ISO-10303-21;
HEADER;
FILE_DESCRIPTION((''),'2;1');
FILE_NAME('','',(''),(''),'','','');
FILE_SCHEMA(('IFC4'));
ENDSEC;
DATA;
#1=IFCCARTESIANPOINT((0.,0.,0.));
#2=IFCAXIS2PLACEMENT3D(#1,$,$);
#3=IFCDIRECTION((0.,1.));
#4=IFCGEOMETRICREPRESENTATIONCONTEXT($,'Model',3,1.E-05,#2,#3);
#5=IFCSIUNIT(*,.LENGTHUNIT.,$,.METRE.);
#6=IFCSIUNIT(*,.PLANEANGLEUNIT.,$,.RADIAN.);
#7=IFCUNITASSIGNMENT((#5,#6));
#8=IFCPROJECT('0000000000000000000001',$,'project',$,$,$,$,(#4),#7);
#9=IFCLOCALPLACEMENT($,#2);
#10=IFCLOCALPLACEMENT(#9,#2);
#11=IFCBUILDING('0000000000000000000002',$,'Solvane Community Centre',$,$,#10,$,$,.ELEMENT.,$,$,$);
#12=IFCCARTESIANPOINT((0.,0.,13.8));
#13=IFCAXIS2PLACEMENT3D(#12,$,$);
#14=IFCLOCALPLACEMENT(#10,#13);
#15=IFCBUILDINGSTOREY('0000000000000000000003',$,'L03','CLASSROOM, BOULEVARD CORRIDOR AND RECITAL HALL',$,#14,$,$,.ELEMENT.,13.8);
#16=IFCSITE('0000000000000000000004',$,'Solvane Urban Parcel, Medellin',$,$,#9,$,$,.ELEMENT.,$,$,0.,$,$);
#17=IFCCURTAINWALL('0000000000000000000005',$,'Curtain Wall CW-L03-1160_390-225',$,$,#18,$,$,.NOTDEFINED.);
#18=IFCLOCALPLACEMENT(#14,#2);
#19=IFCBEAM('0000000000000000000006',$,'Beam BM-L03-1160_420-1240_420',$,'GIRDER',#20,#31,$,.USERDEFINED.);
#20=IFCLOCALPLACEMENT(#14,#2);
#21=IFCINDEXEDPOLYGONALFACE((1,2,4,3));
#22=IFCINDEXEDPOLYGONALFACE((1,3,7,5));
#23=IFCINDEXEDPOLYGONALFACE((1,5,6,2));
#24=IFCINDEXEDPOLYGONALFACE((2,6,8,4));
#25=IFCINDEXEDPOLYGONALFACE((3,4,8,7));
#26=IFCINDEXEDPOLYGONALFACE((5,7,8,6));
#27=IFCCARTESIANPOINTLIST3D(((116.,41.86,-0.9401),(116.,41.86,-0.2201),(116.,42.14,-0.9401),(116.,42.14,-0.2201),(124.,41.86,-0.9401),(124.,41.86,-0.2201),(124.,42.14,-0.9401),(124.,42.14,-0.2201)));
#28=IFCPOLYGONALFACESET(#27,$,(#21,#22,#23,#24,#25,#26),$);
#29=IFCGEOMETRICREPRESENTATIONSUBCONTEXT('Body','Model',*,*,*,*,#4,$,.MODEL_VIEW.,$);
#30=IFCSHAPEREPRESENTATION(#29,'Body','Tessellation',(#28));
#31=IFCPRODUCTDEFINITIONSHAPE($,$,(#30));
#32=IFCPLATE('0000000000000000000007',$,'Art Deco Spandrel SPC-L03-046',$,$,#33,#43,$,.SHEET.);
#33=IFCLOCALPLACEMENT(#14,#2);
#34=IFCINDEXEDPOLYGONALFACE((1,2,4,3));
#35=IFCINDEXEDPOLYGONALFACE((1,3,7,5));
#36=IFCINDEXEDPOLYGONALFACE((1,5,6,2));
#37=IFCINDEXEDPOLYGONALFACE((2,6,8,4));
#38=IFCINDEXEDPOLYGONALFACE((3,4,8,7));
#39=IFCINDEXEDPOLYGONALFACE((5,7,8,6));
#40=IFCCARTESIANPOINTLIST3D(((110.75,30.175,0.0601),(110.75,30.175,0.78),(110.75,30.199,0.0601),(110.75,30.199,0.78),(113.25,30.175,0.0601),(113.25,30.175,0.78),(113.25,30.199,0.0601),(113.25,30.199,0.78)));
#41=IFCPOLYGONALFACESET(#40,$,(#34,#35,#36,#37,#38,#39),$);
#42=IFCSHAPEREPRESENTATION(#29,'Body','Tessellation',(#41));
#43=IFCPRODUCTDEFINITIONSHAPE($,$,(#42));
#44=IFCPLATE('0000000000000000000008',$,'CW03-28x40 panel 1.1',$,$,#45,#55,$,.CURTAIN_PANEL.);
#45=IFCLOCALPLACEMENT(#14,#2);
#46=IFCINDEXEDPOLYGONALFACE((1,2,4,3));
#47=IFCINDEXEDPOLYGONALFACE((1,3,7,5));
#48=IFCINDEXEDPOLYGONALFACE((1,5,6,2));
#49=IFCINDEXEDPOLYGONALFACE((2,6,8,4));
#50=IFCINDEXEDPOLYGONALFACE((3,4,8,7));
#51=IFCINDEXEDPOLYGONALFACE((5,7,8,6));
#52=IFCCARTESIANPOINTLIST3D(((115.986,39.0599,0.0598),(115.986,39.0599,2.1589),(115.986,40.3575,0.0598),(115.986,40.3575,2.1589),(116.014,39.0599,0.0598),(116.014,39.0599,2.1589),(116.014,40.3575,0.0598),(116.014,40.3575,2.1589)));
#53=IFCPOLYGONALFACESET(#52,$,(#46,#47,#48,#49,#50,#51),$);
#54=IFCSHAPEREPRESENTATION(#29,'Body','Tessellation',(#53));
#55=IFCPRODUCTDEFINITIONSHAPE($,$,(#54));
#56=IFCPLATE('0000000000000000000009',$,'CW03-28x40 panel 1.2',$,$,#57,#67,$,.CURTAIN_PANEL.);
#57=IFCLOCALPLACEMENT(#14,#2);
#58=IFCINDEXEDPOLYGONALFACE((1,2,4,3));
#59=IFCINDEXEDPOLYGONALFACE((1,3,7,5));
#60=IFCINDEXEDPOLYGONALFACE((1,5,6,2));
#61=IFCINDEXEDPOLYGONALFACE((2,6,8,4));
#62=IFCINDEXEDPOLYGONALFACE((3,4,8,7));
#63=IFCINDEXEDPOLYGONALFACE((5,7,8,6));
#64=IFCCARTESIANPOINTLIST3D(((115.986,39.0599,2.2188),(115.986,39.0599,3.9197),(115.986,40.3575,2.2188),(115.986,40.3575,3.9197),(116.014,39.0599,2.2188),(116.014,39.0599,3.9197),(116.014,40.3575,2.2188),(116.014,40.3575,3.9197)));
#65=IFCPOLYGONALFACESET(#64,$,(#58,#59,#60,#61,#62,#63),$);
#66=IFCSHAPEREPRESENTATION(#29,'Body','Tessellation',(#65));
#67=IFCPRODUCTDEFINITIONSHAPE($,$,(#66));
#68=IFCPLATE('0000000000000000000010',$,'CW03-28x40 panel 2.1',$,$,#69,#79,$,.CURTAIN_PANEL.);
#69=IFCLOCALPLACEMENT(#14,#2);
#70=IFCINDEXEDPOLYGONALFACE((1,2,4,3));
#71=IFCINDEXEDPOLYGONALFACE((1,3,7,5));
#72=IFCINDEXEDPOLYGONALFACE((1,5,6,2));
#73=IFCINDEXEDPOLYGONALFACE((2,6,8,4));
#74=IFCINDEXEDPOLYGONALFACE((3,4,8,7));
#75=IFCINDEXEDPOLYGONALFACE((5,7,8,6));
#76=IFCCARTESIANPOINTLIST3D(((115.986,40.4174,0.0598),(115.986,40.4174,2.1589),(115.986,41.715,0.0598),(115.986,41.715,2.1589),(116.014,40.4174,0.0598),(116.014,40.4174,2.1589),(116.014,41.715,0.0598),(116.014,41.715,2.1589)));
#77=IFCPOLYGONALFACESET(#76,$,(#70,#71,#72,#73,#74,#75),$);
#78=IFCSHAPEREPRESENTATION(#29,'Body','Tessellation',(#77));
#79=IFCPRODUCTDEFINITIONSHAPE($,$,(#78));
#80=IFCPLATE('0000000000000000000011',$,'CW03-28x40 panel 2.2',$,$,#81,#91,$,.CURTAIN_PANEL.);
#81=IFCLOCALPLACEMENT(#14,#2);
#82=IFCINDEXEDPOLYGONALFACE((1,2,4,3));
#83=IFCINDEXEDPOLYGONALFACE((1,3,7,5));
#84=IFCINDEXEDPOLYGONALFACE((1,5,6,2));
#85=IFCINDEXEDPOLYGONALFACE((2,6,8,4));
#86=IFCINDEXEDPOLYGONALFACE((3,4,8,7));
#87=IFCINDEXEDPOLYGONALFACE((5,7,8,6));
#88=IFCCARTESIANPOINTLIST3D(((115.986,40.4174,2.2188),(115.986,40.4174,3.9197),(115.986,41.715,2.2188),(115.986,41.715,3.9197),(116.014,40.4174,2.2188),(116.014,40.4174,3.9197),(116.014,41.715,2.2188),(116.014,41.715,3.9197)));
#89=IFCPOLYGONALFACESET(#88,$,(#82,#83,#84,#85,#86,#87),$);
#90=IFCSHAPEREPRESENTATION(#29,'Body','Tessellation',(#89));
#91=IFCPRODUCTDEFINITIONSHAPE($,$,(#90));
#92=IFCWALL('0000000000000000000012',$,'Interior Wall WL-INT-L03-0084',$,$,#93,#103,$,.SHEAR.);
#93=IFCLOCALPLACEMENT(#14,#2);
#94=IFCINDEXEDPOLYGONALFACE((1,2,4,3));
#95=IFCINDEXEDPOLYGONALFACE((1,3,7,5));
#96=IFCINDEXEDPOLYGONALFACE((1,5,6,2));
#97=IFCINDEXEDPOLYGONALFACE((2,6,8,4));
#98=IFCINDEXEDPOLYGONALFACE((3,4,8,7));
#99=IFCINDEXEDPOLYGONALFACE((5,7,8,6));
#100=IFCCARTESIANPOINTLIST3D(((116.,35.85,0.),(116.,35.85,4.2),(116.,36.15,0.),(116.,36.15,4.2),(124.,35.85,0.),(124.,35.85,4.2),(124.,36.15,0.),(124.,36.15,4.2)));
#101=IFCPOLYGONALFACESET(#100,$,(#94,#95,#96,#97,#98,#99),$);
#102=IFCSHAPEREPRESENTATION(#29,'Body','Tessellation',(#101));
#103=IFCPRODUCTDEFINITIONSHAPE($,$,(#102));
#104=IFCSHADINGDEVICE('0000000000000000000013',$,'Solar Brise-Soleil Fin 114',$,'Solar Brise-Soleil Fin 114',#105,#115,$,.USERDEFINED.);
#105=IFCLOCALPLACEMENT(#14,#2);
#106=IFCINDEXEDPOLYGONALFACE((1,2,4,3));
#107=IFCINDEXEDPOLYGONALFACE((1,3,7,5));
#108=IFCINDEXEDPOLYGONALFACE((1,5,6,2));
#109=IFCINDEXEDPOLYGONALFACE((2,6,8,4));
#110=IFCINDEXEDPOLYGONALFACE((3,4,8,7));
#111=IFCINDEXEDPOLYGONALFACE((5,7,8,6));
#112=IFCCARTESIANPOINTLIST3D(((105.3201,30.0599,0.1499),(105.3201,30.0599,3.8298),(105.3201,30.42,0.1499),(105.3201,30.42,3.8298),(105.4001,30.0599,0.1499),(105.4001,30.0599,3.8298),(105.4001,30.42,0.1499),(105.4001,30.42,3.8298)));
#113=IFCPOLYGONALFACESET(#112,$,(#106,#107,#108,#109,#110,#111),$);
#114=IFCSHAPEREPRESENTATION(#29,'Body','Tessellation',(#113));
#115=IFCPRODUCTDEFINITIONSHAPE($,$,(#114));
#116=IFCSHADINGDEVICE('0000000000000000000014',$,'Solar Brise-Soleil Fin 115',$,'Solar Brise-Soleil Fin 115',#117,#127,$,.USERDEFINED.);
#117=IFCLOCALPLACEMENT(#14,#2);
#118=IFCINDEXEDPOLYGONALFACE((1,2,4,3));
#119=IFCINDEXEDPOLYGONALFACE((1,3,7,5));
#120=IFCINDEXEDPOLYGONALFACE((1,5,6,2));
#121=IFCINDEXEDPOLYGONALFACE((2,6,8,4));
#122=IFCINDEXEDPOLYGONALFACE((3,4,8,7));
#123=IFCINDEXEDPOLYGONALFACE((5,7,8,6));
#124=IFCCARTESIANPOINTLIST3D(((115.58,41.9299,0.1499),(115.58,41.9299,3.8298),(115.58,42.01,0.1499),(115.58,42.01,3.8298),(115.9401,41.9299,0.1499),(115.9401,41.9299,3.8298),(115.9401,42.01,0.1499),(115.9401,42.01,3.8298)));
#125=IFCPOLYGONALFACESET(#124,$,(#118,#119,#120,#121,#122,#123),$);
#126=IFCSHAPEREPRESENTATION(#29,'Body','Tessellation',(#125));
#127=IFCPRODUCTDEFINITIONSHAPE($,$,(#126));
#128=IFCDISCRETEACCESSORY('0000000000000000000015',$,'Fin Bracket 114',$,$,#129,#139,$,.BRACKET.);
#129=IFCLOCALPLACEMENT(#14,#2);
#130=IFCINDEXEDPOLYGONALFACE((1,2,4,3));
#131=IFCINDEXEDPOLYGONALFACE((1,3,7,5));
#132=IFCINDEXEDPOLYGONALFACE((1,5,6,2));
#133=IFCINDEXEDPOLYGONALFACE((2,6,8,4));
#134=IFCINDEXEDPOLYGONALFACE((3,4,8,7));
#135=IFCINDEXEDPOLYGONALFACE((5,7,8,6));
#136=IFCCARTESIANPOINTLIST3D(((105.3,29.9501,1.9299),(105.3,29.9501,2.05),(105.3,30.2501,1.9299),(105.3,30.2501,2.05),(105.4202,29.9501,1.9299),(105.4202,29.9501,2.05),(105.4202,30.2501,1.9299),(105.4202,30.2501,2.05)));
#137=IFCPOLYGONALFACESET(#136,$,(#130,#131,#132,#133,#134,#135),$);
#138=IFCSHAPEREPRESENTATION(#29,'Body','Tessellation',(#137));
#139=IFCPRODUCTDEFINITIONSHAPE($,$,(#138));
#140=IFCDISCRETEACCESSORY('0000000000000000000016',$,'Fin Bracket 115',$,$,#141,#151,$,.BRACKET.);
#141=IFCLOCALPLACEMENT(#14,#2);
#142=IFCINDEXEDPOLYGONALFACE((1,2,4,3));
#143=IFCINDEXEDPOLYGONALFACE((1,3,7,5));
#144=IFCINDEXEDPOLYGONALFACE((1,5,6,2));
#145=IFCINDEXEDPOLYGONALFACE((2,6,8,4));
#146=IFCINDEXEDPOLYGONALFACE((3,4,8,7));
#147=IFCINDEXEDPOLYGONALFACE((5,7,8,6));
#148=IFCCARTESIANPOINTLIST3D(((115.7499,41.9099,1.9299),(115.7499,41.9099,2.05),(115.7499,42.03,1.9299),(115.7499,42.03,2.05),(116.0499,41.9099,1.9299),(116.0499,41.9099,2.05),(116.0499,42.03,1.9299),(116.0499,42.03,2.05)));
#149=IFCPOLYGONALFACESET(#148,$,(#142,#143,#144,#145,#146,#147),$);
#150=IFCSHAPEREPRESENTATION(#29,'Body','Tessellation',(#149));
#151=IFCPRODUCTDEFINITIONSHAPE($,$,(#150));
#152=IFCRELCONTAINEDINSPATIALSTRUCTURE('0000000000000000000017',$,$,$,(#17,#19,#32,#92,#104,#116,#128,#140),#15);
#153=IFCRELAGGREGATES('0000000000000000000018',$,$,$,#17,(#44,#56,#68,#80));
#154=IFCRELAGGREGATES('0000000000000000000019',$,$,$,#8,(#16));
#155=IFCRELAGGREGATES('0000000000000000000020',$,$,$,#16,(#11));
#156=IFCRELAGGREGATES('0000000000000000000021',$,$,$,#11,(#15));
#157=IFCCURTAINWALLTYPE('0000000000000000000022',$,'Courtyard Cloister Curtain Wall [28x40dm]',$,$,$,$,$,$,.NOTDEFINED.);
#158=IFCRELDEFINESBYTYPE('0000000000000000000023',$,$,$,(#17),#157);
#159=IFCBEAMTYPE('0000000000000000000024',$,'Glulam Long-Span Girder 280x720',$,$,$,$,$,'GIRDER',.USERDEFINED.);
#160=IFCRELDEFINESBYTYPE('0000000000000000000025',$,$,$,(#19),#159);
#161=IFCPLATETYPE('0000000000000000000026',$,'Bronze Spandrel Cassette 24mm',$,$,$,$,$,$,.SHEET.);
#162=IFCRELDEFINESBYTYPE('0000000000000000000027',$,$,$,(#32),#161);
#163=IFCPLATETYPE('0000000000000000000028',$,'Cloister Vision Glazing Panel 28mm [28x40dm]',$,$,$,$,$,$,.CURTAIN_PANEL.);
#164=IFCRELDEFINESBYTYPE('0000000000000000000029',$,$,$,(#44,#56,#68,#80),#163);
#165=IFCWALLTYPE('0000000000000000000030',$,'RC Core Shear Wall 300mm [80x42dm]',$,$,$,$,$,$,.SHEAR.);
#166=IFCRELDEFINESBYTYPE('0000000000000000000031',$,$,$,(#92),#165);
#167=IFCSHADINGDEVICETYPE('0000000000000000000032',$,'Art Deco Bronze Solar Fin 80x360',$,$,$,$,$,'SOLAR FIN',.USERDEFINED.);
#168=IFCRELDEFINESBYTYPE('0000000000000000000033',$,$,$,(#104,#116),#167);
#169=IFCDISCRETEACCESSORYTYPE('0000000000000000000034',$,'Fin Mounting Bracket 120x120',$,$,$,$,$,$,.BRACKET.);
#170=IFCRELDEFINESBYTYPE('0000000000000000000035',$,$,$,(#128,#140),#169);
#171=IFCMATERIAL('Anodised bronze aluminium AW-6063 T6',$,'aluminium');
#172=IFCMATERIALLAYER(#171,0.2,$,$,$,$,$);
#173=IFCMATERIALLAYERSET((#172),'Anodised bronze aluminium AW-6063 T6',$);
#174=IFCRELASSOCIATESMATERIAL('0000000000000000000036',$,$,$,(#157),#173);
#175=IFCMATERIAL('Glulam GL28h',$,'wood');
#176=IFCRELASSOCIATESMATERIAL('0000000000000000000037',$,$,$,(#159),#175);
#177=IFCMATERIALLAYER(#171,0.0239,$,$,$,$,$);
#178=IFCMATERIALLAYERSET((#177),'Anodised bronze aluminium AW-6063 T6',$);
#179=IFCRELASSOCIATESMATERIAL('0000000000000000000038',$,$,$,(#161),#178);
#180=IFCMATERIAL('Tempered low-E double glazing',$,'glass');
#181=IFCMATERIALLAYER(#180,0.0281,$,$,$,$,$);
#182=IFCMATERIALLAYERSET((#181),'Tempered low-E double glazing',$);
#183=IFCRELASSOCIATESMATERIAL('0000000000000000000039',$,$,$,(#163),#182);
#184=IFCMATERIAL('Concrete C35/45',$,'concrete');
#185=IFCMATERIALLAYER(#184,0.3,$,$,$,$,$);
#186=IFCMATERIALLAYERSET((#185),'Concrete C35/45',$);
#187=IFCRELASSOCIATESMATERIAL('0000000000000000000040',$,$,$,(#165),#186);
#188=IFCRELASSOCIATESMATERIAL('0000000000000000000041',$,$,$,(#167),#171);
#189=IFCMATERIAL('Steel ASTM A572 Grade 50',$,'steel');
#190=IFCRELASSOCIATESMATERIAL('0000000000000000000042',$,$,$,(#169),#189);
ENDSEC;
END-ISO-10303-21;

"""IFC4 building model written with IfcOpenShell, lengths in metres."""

from ifc_helpers import new_model, si_unit, direction, frame, frame_2d, origin, origin_2d, place, context, subcontext, project, spatial, rectangle, extrude, material, layer, layer_set, material_profile, profile_set, type_object, element, aggregate, save


model = new_model("IFC4")

# Units and contexts
model_context = context("Model", 3, precision=1e-05, world=origin(), true_north=direction((0.0, 1.0)))
body_context = subcontext(model_context, "Body", "Model", "MODEL_VIEW")
ifc_project = project(units=[si_unit("LENGTHUNIT", "METRE"), si_unit("PLANEANGLEUNIT", "RADIAN")], contexts=[model_context])

# Site, building, storey
site_placement = place(None, origin())
site = spatial("IfcSite", under=ifc_project, at=site_placement, Name="Solvane Urban Parcel, Medellin", CompositionType="ELEMENT", RefElevation=0.0)
building_placement = place(site_placement, origin())
building = spatial("IfcBuilding", under=site, at=building_placement, Name="Solvane Community Centre", CompositionType="ELEMENT")
storey_placement = place(building_placement, frame((0.0, 0.0, 13.8)))
storey = spatial("IfcBuildingStorey", under=building, at=storey_placement, Name="L03", Description="CLASSROOM, BOULEVARD CORRIDOR AND RECITAL HALL", CompositionType="ELEMENT", Elevation=13.8)

# Curtain wall
ifc_material_1 = material(Name="Anodised bronze aluminium AW-6063 T6", Category="aluminium")
ifc_layer_1 = layer(ifc_material_1, 0.2)
ifc_layer_set_1 = layer_set([ifc_layer_1], Name="Anodised bronze aluminium AW-6063 T6")
curtain_wall_type = type_object("IfcCurtainWallType", Name="Courtyard Cloister Curtain Wall [28x40dm]", PredefinedType="NOTDEFINED", material=ifc_layer_set_1)
curtain_wall_placement = place(storey_placement, origin())
curtain_wall = element("IfcCurtainWall", 1, at=curtain_wall_placement, inside=storey, type_object=curtain_wall_type, Name="Curtain Wall CW-L03-1160_390-225", PredefinedType="NOTDEFINED")

# Beam
ifc_material_2 = material(Name="Glulam GL28h", Category="wood")
ifc_material_profile_1 = material_profile(ifc_material_2, rectangle(XDim=0.28, YDim=0.72, at=origin_2d()), Name="GL28h 280x720")
ifc_profile_set_1 = profile_set([ifc_material_profile_1], Name="Glulam GL28h")
beam_type_1 = type_object("IfcBeamType", Name="Glulam Long-Span Girder 280x720", ElementType="GIRDER", PredefinedType="USERDEFINED", material=ifc_profile_set_1)
for number, where, z_axis, x_axis, name in (
    (2, (116.0, 42.0, -0.5801), (1.0, 0.0, 0.0), (0.0, 1.0, 0.0), "Beam BM-L03-1160_420-1240_420"),
):
    element("IfcBeam", number, at=place(storey_placement, frame(where, z_axis=z_axis, x_axis=x_axis)), inside=storey, type_object=beam_type_1, Name=name, ObjectType="GIRDER", PredefinedType="USERDEFINED", context=body_context, shape_type="SweptSolid", body=[
        extrude(rectangle(XDim=0.28, YDim=0.72, at=origin_2d()), origin(), (0.0, 0.0, 1.0), 8.0),
    ])

# Plates
ifc_layer_2 = layer(ifc_material_1, 0.0239)
ifc_layer_set_2 = layer_set([ifc_layer_2], Name="Anodised bronze aluminium AW-6063 T6")
plate_type_1 = type_object("IfcPlateType", Name="Bronze Spandrel Cassette 24mm", PredefinedType="SHEET", material=ifc_layer_set_2)
plate_1_placement = place(storey_placement, frame((112.0, 30.187, 0.0601), z_axis=(0.0, 0.0, 1.0), x_axis=(1.0, 0.0, 0.0)))
element("IfcPlate", 3, at=plate_1_placement, inside=storey, type_object=plate_type_1, Name="Art Deco Spandrel SPC-L03-046", PredefinedType="SHEET", context=body_context, shape_type="SweptSolid", body=[
    extrude(rectangle(XDim=2.5, YDim=0.0239, at=origin_2d()), origin(), (0.0, 0.0, 1.0), 0.72),
])
ifc_material_3 = material(Name="Tempered low-E double glazing", Category="glass")
ifc_layer_3 = layer(ifc_material_3, 0.0281)
ifc_layer_set_3 = layer_set([ifc_layer_3], Name="Tempered low-E double glazing")
plate_type_2 = type_object("IfcPlateType", Name="Cloister Vision Glazing Panel 28mm [28x40dm]", PredefinedType="CURTAIN_PANEL", material=ifc_layer_set_3)
plate_2_placement = place(storey_placement, frame((116.0, 39.7087, 0.0598), z_axis=(0.0, 0.0, 1.0), x_axis=(0.0, 1.0, 0.0)))
plate_2 = element("IfcPlate", 4, at=plate_2_placement, type_object=plate_type_2, Name="CW03-28x40 panel 1.1", PredefinedType="CURTAIN_PANEL", context=body_context, shape_type="SweptSolid", body=[
    extrude(rectangle(XDim=1.2976, YDim=0.0281, at=origin_2d()), origin(), (0.0, 0.0, 1.0), 2.0991),
])
plate_3_placement = place(storey_placement, frame((116.0, 39.7087, 2.2188), z_axis=(0.0, 0.0, 1.0), x_axis=(0.0, 1.0, 0.0)))
plate_3 = element("IfcPlate", 5, at=plate_3_placement, type_object=plate_type_2, Name="CW03-28x40 panel 1.2", PredefinedType="CURTAIN_PANEL", context=body_context, shape_type="SweptSolid", body=[
    extrude(rectangle(XDim=1.2976, YDim=0.0281, at=origin_2d()), origin(), (0.0, 0.0, 1.0), 1.7009),
])
plate_4_placement = place(storey_placement, frame((116.0, 41.0662, 0.0598), z_axis=(0.0, 0.0, 1.0), x_axis=(0.0, 1.0, 0.0)))
plate_4 = element("IfcPlate", 6, at=plate_4_placement, type_object=plate_type_2, Name="CW03-28x40 panel 2.1", PredefinedType="CURTAIN_PANEL", context=body_context, shape_type="SweptSolid", body=[
    extrude(rectangle(XDim=1.2976, YDim=0.0281, at=origin_2d()), origin(), (0.0, 0.0, 1.0), 2.0991),
])
plate_5_placement = place(storey_placement, frame((116.0, 41.0662, 2.2188), z_axis=(0.0, 0.0, 1.0), x_axis=(0.0, 1.0, 0.0)))
plate_5 = element("IfcPlate", 7, at=plate_5_placement, type_object=plate_type_2, Name="CW03-28x40 panel 2.2", PredefinedType="CURTAIN_PANEL", context=body_context, shape_type="SweptSolid", body=[
    extrude(rectangle(XDim=1.2976, YDim=0.0281, at=origin_2d()), origin(), (0.0, 0.0, 1.0), 1.7009),
])
aggregate(curtain_wall, [plate_2, plate_3, plate_4, plate_5])

# Wall
ifc_material_4 = material(Name="Concrete C35/45", Category="concrete")
ifc_layer_4 = layer(ifc_material_4, 0.3)
ifc_layer_set_4 = layer_set([ifc_layer_4], Name="Concrete C35/45")
wall_type = type_object("IfcWallType", Name="RC Core Shear Wall 300mm [80x42dm]", PredefinedType="SHEAR", material=ifc_layer_set_4)
wall_placement = place(storey_placement, frame((116.0, 36.0, 0.0), z_axis=(0.0, 0.0, 1.0), x_axis=(1.0, 0.0, 0.0)))
element("IfcWall", 8, at=wall_placement, inside=storey, type_object=wall_type, Name="Interior Wall WL-INT-L03-0084", PredefinedType="SHEAR", context=body_context, shape_type="SweptSolid", body=[
    extrude(rectangle(XDim=8.0, YDim=0.3, at=frame_2d((4.0, 0.0))), origin(), (0.0, 0.0, 1.0), 4.2),
])

# Shading devices
shading_device_type = type_object("IfcShadingDeviceType", Name="Art Deco Bronze Solar Fin 80x360", ElementType="SOLAR FIN", PredefinedType="USERDEFINED", material=ifc_material_1)
shading_device_1_placement = place(storey_placement, frame((105.3601, 30.24, 0.1499), z_axis=(0.0, 0.0, 1.0), x_axis=(1.0, 0.0, 0.0)))
element("IfcShadingDevice", 9, at=shading_device_1_placement, inside=storey, type_object=shading_device_type, Name="Solar Brise-Soleil Fin 114", ObjectType="Solar Brise-Soleil Fin 114", PredefinedType="USERDEFINED", context=body_context, shape_type="SweptSolid", body=[
    extrude(rectangle(XDim=0.0801, YDim=0.3601, at=origin_2d()), origin(), (0.0, 0.0, 1.0), 3.6799),
])
shading_device_2_placement = place(storey_placement, frame((115.76, 41.97, 0.1499), z_axis=(0.0, 0.0, 1.0), x_axis=(0.0, 1.0, 0.0)))
element("IfcShadingDevice", 10, at=shading_device_2_placement, inside=storey, type_object=shading_device_type, Name="Solar Brise-Soleil Fin 115", ObjectType="Solar Brise-Soleil Fin 115", PredefinedType="USERDEFINED", context=body_context, shape_type="SweptSolid", body=[
    extrude(rectangle(XDim=0.0801, YDim=0.3601, at=origin_2d()), origin(), (0.0, 0.0, 1.0), 3.6799),
])

# Discrete accessories
ifc_material_5 = material(Name="Steel ASTM A572 Grade 50", Category="steel")
discrete_accessory_type = type_object("IfcDiscreteAccessoryType", Name="Fin Mounting Bracket 120x120", PredefinedType="BRACKET", material=ifc_material_5)
for number, where, z_axis, x_axis, name in (
    (11, (105.3601, 30.1001, 1.9299), (0.0, 0.0, 1.0), (1.0, 0.0, 0.0), "Fin Bracket 114"),
    (12, (115.8999, 41.97, 1.9299), (0.0, 0.0, 1.0), (0.0, 1.0, 0.0), "Fin Bracket 115"),
):
    element("IfcDiscreteAccessory", number, at=place(storey_placement, frame(where, z_axis=z_axis, x_axis=x_axis)), inside=storey, type_object=discrete_accessory_type, Name=name, PredefinedType="BRACKET", context=body_context, shape_type="SweptSolid", body=[
        extrude(rectangle(XDim=0.1201, YDim=0.3, at=origin_2d()), origin(), (0.0, 0.0, 1.0), 0.1201),
    ])

save(model, "model.ifc")
